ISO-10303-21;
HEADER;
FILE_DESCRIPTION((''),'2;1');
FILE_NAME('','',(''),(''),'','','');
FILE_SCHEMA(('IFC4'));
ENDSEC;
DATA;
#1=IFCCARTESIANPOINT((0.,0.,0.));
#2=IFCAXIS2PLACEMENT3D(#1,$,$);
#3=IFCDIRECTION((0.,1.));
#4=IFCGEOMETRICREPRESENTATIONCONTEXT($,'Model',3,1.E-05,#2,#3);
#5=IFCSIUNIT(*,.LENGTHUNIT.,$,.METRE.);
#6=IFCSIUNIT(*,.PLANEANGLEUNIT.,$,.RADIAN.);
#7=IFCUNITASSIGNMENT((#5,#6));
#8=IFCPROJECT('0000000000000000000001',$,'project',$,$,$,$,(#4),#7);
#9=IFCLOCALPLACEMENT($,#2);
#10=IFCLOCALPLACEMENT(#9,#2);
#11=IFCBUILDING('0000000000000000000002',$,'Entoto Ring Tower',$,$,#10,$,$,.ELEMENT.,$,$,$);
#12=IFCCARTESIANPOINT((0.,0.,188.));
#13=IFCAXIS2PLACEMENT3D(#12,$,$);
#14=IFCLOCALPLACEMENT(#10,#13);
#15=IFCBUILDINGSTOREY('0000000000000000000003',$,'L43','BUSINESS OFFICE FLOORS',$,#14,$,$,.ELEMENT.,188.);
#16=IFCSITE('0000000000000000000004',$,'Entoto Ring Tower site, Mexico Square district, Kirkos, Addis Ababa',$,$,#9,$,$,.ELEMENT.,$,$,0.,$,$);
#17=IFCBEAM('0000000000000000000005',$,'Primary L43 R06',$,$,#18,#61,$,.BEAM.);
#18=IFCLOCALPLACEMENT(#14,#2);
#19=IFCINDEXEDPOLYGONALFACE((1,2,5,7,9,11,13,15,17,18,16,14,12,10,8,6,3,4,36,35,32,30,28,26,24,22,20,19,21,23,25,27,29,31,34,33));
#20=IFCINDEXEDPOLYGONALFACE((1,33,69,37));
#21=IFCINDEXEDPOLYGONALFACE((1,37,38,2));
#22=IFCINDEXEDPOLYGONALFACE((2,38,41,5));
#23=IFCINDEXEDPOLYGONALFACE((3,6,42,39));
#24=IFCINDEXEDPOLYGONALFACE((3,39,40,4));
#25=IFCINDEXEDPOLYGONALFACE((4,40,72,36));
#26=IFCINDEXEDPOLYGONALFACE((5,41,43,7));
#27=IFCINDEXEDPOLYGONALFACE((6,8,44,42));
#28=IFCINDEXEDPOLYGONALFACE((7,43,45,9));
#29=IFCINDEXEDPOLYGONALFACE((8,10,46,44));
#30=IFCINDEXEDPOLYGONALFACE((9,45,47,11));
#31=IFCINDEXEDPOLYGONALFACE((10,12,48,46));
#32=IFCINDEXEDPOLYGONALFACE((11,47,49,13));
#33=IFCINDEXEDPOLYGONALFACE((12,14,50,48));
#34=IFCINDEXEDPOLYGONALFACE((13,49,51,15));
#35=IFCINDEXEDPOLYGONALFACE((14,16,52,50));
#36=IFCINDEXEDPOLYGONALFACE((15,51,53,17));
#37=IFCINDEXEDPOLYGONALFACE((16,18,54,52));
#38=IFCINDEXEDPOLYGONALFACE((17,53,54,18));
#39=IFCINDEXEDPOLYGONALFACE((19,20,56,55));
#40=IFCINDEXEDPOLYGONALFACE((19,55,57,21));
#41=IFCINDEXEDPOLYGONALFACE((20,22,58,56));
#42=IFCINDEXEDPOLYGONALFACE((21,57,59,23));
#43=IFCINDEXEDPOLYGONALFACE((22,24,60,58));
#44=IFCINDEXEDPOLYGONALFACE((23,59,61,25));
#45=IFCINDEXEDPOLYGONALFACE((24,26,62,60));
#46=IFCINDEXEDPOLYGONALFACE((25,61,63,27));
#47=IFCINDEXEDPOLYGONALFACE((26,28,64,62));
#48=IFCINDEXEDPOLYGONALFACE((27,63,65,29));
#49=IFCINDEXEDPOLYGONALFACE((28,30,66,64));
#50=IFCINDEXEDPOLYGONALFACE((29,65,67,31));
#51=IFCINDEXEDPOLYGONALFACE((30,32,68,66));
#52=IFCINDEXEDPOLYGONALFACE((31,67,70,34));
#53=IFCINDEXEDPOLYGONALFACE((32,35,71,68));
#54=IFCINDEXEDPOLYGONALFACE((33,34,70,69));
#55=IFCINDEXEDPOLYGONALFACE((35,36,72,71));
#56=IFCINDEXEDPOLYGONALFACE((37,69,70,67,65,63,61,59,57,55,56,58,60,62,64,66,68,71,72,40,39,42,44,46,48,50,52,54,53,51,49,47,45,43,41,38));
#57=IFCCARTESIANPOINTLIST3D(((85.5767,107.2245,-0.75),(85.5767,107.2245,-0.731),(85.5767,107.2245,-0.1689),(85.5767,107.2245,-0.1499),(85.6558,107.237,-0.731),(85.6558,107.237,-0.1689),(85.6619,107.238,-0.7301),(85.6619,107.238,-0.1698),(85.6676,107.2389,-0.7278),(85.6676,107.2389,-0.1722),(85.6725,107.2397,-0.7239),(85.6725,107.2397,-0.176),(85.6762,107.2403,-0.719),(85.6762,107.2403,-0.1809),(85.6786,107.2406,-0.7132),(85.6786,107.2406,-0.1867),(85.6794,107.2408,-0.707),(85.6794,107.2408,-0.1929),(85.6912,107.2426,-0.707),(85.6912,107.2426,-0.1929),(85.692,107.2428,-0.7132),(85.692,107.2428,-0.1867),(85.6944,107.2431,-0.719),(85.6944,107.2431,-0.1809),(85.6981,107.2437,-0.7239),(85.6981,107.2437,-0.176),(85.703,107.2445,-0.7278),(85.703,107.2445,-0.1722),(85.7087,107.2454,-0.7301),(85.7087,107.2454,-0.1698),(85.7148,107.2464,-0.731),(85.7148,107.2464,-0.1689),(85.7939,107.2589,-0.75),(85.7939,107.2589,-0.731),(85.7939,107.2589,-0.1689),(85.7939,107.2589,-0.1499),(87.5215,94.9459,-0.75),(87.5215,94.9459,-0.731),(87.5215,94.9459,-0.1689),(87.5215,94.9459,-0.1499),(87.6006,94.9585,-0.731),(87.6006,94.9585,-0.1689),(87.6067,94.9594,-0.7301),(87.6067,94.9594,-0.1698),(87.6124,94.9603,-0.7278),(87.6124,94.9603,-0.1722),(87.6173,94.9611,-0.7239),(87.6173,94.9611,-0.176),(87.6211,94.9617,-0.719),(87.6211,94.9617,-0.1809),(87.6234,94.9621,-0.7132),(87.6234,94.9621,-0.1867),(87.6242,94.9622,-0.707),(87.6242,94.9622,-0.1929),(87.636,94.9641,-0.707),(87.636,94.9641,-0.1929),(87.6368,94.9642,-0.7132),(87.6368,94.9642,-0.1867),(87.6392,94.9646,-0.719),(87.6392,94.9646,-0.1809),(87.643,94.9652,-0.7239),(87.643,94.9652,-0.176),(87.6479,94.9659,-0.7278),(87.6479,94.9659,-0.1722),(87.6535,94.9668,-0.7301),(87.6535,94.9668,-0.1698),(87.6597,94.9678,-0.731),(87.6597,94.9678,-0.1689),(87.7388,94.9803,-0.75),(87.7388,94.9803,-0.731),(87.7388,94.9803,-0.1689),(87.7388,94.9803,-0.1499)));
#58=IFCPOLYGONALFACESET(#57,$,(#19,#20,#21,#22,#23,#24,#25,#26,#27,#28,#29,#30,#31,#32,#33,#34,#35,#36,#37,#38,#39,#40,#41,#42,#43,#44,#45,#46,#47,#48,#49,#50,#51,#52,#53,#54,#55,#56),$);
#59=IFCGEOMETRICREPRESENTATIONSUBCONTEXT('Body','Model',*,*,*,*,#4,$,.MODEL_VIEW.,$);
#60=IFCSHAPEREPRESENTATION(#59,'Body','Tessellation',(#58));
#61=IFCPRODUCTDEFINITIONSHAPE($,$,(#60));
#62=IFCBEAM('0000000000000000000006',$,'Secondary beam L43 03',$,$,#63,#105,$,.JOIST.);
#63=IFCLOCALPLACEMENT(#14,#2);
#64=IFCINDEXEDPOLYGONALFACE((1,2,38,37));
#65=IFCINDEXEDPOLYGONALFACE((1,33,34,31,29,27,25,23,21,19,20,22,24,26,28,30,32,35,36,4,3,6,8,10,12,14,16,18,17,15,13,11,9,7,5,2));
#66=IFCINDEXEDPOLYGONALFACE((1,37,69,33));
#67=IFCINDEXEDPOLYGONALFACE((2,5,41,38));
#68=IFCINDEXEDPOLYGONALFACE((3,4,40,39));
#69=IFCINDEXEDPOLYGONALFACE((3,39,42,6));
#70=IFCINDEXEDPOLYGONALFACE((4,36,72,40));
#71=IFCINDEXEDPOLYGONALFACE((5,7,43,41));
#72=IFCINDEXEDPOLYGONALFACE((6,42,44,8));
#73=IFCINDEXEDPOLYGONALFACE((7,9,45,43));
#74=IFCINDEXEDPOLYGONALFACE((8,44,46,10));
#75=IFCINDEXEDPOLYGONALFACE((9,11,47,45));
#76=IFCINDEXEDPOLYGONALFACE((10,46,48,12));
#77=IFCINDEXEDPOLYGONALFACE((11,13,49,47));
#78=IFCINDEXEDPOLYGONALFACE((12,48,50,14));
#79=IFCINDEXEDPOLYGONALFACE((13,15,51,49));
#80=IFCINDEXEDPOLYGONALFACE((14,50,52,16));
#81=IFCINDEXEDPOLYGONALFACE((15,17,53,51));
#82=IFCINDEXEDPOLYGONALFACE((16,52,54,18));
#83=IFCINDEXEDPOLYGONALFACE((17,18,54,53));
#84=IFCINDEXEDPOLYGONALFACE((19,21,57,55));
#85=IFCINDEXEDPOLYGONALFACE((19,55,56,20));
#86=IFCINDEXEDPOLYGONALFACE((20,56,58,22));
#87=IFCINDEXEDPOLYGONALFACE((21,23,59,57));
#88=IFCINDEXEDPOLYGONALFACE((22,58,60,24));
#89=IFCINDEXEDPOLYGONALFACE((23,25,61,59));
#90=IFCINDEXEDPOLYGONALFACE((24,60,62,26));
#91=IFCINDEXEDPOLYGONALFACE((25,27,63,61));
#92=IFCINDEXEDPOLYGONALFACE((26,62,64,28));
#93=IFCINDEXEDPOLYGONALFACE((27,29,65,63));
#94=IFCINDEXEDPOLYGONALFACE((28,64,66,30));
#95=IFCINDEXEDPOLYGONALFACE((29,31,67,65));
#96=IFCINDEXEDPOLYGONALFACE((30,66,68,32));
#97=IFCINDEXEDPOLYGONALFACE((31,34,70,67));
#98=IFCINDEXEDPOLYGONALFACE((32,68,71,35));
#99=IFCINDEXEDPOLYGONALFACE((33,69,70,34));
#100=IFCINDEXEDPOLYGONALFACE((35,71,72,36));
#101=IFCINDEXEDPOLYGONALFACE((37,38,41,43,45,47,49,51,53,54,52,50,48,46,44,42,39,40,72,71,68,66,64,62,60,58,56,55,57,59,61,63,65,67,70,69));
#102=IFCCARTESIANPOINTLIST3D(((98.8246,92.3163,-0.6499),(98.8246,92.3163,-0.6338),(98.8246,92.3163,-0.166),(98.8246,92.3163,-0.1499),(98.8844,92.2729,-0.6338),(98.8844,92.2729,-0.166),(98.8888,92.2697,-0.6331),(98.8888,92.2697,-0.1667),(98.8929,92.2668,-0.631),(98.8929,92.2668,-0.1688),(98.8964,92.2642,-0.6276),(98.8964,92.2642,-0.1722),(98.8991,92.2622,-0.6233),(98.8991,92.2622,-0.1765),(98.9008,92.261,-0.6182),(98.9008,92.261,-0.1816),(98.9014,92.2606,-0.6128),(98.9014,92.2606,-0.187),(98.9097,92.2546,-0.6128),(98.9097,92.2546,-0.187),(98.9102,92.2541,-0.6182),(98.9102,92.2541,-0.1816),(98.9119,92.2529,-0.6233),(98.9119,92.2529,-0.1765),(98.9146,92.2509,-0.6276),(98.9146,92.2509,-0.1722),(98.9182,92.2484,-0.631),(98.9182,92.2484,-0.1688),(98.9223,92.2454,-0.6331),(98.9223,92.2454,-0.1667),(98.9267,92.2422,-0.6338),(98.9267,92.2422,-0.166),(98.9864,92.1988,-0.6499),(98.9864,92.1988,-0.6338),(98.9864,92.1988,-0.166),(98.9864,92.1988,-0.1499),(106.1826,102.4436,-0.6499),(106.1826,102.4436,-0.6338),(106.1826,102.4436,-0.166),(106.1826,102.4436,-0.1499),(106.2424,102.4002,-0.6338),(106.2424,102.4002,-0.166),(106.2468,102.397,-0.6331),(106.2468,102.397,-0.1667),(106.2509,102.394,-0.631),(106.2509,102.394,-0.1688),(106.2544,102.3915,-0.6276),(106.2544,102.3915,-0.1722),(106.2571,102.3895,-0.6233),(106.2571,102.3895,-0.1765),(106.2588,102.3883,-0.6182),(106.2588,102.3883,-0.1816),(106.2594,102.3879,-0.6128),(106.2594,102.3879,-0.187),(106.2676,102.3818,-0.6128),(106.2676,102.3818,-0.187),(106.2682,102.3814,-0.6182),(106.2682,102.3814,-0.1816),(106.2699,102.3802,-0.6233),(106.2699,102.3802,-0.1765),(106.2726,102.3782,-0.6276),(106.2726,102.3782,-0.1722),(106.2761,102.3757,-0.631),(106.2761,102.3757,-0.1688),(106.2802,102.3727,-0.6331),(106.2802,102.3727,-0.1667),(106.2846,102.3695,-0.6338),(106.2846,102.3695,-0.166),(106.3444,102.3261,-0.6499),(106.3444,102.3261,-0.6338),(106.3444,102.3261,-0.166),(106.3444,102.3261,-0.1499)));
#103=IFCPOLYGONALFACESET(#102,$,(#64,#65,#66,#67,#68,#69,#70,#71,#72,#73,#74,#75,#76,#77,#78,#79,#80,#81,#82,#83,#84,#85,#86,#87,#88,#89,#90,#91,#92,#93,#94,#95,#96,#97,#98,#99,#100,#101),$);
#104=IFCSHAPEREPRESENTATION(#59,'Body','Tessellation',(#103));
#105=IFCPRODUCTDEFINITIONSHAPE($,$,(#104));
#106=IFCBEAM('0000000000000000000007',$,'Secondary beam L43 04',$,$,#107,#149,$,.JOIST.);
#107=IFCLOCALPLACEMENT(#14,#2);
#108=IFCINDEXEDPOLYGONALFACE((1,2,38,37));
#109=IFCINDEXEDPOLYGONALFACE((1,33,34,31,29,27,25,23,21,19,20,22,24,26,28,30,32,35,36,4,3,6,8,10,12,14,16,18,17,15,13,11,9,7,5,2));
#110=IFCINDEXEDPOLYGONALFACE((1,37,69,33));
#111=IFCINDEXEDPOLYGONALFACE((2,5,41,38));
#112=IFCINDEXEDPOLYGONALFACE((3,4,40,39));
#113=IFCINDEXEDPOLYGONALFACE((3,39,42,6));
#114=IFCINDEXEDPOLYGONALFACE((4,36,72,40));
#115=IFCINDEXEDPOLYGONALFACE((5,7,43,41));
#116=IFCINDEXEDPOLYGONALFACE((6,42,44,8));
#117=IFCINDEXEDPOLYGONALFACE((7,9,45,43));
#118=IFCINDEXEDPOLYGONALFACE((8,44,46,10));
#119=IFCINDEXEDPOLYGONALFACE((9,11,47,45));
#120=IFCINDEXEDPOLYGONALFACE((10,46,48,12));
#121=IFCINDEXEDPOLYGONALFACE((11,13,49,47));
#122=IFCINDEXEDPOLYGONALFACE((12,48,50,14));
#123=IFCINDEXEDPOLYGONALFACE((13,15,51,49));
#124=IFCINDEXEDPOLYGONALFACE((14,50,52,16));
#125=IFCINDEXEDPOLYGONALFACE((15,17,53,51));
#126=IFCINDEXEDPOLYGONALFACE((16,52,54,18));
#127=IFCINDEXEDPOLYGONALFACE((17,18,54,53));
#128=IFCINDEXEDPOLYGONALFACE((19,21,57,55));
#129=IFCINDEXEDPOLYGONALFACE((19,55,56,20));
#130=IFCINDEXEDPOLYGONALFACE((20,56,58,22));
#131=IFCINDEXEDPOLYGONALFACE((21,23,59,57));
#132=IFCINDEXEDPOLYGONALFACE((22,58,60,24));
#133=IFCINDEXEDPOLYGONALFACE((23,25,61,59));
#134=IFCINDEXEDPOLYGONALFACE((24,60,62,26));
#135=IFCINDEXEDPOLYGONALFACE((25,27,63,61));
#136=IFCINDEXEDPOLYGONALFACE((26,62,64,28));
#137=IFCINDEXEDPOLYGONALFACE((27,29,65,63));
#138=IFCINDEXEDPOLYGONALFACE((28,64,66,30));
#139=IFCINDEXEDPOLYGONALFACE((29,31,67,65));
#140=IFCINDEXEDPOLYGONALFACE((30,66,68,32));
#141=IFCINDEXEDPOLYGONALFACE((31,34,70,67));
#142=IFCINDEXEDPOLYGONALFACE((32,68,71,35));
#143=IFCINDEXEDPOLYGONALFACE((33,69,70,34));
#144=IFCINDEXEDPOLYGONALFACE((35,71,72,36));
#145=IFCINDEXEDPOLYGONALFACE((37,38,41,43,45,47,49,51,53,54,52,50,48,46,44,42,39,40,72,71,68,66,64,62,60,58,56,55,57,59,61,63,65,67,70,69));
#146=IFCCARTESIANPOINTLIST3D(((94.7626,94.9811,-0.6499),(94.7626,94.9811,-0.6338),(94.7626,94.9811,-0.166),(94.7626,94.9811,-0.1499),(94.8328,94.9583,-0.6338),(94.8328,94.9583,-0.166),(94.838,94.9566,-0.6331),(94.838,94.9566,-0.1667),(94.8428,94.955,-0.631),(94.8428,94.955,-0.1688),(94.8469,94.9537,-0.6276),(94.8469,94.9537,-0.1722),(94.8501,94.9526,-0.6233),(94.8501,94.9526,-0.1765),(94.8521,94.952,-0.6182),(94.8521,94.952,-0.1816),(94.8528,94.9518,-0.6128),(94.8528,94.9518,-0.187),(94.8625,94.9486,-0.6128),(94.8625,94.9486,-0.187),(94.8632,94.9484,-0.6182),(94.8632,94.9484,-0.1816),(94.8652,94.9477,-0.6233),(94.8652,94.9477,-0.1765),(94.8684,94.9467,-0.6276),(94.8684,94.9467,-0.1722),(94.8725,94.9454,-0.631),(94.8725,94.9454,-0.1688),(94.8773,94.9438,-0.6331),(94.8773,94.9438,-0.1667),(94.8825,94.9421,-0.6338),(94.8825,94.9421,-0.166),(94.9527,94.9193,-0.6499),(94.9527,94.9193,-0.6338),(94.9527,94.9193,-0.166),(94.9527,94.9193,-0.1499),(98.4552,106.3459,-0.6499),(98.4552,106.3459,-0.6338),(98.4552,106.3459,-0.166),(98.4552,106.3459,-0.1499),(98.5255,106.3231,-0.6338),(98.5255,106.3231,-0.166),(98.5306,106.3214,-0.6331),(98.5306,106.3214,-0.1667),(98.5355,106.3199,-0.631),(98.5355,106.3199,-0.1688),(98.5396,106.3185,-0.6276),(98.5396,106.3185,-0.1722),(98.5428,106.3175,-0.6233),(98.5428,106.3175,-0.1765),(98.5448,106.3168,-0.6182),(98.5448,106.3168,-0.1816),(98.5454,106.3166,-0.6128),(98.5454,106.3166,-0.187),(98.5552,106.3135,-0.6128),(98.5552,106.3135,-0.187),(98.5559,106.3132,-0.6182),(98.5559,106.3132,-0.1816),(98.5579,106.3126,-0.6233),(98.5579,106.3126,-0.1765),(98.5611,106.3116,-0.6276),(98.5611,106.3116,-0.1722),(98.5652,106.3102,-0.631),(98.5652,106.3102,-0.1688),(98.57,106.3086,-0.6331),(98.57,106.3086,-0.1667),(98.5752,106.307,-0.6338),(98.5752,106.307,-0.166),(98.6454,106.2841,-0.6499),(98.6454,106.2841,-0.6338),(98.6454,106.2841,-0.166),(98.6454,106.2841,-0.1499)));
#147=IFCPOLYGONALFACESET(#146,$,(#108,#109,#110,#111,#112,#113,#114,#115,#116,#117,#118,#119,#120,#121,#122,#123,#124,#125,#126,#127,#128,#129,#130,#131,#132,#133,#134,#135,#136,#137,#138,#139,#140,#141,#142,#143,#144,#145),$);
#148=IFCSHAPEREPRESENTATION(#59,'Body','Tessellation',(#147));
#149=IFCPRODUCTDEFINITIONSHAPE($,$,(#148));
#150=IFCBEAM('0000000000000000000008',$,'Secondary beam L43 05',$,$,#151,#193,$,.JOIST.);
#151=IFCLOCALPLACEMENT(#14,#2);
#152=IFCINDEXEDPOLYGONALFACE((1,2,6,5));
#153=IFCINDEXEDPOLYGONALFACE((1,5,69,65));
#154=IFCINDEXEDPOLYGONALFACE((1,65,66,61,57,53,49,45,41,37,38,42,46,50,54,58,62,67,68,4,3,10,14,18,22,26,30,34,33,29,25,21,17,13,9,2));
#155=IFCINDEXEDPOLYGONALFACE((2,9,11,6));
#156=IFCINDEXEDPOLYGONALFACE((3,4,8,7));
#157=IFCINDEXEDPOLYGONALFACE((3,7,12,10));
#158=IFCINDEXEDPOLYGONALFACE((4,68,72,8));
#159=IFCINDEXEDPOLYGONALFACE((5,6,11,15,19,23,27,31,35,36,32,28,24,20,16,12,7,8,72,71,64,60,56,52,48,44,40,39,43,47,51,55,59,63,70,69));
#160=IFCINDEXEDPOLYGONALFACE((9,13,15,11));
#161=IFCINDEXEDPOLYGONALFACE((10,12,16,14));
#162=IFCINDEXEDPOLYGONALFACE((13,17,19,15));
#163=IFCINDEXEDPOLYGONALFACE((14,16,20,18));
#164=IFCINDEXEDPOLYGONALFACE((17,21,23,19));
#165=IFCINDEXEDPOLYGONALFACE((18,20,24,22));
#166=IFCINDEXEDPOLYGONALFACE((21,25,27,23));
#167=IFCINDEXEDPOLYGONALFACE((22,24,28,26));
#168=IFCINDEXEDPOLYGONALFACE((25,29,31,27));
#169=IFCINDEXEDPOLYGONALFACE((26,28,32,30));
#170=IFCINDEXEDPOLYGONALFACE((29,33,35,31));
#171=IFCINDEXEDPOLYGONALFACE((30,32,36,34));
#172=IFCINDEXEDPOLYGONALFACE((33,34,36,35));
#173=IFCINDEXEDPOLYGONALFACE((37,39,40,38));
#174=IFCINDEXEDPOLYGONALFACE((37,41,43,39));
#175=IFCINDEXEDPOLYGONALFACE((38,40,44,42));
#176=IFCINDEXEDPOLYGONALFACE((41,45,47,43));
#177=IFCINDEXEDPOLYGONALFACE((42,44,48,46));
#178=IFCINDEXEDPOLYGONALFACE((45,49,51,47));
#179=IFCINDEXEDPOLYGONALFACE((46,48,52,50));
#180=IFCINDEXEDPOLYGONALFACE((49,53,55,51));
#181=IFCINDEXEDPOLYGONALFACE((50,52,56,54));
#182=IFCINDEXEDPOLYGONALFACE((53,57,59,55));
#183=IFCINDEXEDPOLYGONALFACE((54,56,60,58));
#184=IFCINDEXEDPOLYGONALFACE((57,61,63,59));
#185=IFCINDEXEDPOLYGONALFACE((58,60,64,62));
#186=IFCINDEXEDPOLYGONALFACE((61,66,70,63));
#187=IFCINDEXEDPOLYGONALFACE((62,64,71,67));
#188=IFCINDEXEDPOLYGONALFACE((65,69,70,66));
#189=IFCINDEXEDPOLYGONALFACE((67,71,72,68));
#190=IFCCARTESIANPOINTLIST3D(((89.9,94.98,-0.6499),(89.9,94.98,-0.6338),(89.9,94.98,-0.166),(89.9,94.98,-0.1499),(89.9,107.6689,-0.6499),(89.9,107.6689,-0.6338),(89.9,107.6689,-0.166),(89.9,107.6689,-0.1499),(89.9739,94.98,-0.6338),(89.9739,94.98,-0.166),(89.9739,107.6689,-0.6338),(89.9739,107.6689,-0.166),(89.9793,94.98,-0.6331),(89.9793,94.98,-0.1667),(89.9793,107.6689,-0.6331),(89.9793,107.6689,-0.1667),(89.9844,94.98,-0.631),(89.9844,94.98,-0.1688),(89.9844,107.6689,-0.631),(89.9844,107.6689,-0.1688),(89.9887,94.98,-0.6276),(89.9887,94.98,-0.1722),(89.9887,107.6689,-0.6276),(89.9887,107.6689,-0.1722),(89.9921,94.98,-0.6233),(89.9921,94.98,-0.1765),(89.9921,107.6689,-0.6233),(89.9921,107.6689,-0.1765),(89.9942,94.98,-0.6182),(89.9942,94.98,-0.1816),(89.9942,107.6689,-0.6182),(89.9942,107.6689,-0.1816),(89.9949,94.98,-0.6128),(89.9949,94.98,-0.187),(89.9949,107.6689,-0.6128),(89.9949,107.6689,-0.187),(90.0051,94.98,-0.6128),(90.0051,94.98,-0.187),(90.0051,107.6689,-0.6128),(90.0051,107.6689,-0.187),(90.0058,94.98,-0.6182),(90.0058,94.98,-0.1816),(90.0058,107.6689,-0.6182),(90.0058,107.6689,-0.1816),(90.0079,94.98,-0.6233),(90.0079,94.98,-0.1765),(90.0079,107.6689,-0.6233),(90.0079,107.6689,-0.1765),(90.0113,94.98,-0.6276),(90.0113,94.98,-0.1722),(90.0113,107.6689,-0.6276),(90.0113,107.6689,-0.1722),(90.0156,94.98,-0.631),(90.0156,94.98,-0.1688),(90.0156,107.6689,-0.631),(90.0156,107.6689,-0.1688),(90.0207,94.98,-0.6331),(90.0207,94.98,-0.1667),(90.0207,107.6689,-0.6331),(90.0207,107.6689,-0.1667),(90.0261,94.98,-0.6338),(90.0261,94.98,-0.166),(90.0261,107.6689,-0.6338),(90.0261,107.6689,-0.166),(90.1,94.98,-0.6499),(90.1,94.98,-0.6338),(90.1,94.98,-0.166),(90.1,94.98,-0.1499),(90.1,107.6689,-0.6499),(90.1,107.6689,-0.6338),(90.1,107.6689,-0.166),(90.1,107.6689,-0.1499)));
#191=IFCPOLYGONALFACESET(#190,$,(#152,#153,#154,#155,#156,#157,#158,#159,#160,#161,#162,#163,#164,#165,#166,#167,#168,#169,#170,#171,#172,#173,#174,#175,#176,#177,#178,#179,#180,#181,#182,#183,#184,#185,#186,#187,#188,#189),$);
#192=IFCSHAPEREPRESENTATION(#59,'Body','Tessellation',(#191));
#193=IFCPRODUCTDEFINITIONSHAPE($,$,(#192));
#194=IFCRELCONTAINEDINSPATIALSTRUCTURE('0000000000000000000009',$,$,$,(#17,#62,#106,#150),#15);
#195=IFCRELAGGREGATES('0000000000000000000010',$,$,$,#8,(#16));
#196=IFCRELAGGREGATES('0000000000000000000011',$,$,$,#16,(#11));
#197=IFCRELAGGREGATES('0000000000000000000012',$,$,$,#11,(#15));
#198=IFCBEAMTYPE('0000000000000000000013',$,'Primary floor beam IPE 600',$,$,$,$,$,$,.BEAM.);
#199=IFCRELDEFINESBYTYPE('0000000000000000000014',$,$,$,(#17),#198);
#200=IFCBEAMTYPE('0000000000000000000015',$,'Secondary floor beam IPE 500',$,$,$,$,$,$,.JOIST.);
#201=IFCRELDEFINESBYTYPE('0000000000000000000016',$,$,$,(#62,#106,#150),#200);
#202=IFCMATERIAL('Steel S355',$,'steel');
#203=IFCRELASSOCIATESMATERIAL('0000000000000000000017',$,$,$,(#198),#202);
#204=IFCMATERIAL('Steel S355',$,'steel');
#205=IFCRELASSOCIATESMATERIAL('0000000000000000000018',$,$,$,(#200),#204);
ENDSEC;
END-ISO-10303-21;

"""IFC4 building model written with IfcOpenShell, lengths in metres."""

from ifc_helpers import new_model, si_unit, direction, frame, origin, origin_2d, place, context, subcontext, project, spatial, i_section, extrude, material, material_profile, profile_set, type_object, element, save


model = new_model("IFC4")

# Units and contexts
model_context = context("Model", 3, precision=1e-05, world=origin(), true_north=direction((0.0, 1.0)))
body_context = subcontext(model_context, "Body", "Model", "MODEL_VIEW")
ifc_project = project(units=[si_unit("LENGTHUNIT", "METRE"), si_unit("PLANEANGLEUNIT", "RADIAN")], contexts=[model_context])

# Site, building, storey
site_placement = place(None, origin())
site = spatial("IfcSite", under=ifc_project, at=site_placement, Name="Entoto Ring Tower site, Mexico Square district, Kirkos, Addis Ababa", CompositionType="ELEMENT", RefElevation=0.0)
building_placement = place(site_placement, origin())
building = spatial("IfcBuilding", under=site, at=building_placement, Name="Entoto Ring Tower", CompositionType="ELEMENT")
storey_placement = place(building_placement, frame((0.0, 0.0, 188.0)))
storey = spatial("IfcBuildingStorey", under=building, at=storey_placement, Name="L43", Description="BUSINESS OFFICE FLOORS", CompositionType="ELEMENT", Elevation=188.0)

# Beams
ifc_material_1 = material(Name="Steel S355", Category="steel")
ifc_material_profile_1 = material_profile(ifc_material_1, i_section(OverallWidth=0.22, OverallDepth=0.6001, WebThickness=0.012, FlangeThickness=0.019, FilletRadius=0.0239, at=origin_2d()), Name="IPE 600")
ifc_profile_set_1 = profile_set([ifc_material_profile_1], Name="Steel S355")
beam_type_1 = type_object("IfcBeamType", Name="Primary floor beam IPE 600", PredefinedType="BEAM", material=ifc_profile_set_1)
for number, where, z_axis, x_axis, name in (
    (1, (87.6301, 94.9631, -0.45), (-0.156442, 0.987687, 0.0), (-0.987687, -0.156442, 0.0), "Primary L43 R06"),
):
    element("IfcBeam", number, at=place(storey_placement, frame(where, z_axis=z_axis, x_axis=x_axis)), inside=storey, type_object=beam_type_1, Name=name, PredefinedType="BEAM", context=body_context, shape_type="SweptSolid", body=[
        extrude(i_section(OverallWidth=0.22, OverallDepth=0.6001, WebThickness=0.012, FlangeThickness=0.019, FilletRadius=0.0239, at=origin_2d()), origin(), (0.0, 0.0, 1.0), 12.4316),
    ])
ifc_material_2 = material(Name="Steel S355", Category="steel")
ifc_material_profile_2 = material_profile(ifc_material_2, i_section(OverallWidth=0.2, OverallDepth=0.5, WebThickness=0.0103, FlangeThickness=0.0161, FilletRadius=0.021, at=origin_2d()), Name="IPE 500")
ifc_profile_set_2 = profile_set([ifc_material_profile_2], Name="Steel S355")
beam_type_2 = type_object("IfcBeamType", Name="Secondary floor beam IPE 500", PredefinedType="JOIST", material=ifc_profile_set_2)
beam_1_placement = place(storey_placement, frame((98.9055, 92.2576, -0.3999), z_axis=(0.587789, 0.809014, 0.0), x_axis=(-0.809014, 0.587789, 0.0)))
element("IfcBeam", 2, at=beam_1_placement, inside=storey, type_object=beam_type_2, Name="Secondary beam L43 03", PredefinedType="JOIST", context=body_context, shape_type="SweptSolid", body=[
    extrude(i_section(OverallWidth=0.2, OverallDepth=0.5, WebThickness=0.0103, FlangeThickness=0.0161, FilletRadius=0.021, at=origin_2d()), origin(), (0.0, 0.0, 1.0), 12.5181),
])
beam_2_placement = place(storey_placement, frame((94.8577, 94.9502, -0.3999), z_axis=(0.309017, 0.951057, 0.0), x_axis=(-0.951057, 0.309017, 0.0)))
element("IfcBeam", 3, at=beam_2_placement, inside=storey, type_object=beam_type_2, Name="Secondary beam L43 04", PredefinedType="JOIST", context=body_context, shape_type="SweptSolid", body=[
    extrude(i_section(OverallWidth=0.2, OverallDepth=0.5, WebThickness=0.0103, FlangeThickness=0.0161, FilletRadius=0.021, at=origin_2d()), origin(), (0.0, 0.0, 1.0), 11.9497),
])
beam_3_placement = place(storey_placement, frame((90.0, 94.98, -0.3999), z_axis=(0.0, 1.0, 0.0), x_axis=(-1.0, 0.0, 0.0)))
element("IfcBeam", 4, at=beam_3_placement, inside=storey, type_object=beam_type_2, Name="Secondary beam L43 05", PredefinedType="JOIST", context=body_context, shape_type="SweptSolid", body=[
    extrude(i_section(OverallWidth=0.2, OverallDepth=0.5, WebThickness=0.0103, FlangeThickness=0.0161, FilletRadius=0.021, at=origin_2d()), origin(), (0.0, 0.0, 1.0), 12.689),
])

save(model, "model.ifc")
